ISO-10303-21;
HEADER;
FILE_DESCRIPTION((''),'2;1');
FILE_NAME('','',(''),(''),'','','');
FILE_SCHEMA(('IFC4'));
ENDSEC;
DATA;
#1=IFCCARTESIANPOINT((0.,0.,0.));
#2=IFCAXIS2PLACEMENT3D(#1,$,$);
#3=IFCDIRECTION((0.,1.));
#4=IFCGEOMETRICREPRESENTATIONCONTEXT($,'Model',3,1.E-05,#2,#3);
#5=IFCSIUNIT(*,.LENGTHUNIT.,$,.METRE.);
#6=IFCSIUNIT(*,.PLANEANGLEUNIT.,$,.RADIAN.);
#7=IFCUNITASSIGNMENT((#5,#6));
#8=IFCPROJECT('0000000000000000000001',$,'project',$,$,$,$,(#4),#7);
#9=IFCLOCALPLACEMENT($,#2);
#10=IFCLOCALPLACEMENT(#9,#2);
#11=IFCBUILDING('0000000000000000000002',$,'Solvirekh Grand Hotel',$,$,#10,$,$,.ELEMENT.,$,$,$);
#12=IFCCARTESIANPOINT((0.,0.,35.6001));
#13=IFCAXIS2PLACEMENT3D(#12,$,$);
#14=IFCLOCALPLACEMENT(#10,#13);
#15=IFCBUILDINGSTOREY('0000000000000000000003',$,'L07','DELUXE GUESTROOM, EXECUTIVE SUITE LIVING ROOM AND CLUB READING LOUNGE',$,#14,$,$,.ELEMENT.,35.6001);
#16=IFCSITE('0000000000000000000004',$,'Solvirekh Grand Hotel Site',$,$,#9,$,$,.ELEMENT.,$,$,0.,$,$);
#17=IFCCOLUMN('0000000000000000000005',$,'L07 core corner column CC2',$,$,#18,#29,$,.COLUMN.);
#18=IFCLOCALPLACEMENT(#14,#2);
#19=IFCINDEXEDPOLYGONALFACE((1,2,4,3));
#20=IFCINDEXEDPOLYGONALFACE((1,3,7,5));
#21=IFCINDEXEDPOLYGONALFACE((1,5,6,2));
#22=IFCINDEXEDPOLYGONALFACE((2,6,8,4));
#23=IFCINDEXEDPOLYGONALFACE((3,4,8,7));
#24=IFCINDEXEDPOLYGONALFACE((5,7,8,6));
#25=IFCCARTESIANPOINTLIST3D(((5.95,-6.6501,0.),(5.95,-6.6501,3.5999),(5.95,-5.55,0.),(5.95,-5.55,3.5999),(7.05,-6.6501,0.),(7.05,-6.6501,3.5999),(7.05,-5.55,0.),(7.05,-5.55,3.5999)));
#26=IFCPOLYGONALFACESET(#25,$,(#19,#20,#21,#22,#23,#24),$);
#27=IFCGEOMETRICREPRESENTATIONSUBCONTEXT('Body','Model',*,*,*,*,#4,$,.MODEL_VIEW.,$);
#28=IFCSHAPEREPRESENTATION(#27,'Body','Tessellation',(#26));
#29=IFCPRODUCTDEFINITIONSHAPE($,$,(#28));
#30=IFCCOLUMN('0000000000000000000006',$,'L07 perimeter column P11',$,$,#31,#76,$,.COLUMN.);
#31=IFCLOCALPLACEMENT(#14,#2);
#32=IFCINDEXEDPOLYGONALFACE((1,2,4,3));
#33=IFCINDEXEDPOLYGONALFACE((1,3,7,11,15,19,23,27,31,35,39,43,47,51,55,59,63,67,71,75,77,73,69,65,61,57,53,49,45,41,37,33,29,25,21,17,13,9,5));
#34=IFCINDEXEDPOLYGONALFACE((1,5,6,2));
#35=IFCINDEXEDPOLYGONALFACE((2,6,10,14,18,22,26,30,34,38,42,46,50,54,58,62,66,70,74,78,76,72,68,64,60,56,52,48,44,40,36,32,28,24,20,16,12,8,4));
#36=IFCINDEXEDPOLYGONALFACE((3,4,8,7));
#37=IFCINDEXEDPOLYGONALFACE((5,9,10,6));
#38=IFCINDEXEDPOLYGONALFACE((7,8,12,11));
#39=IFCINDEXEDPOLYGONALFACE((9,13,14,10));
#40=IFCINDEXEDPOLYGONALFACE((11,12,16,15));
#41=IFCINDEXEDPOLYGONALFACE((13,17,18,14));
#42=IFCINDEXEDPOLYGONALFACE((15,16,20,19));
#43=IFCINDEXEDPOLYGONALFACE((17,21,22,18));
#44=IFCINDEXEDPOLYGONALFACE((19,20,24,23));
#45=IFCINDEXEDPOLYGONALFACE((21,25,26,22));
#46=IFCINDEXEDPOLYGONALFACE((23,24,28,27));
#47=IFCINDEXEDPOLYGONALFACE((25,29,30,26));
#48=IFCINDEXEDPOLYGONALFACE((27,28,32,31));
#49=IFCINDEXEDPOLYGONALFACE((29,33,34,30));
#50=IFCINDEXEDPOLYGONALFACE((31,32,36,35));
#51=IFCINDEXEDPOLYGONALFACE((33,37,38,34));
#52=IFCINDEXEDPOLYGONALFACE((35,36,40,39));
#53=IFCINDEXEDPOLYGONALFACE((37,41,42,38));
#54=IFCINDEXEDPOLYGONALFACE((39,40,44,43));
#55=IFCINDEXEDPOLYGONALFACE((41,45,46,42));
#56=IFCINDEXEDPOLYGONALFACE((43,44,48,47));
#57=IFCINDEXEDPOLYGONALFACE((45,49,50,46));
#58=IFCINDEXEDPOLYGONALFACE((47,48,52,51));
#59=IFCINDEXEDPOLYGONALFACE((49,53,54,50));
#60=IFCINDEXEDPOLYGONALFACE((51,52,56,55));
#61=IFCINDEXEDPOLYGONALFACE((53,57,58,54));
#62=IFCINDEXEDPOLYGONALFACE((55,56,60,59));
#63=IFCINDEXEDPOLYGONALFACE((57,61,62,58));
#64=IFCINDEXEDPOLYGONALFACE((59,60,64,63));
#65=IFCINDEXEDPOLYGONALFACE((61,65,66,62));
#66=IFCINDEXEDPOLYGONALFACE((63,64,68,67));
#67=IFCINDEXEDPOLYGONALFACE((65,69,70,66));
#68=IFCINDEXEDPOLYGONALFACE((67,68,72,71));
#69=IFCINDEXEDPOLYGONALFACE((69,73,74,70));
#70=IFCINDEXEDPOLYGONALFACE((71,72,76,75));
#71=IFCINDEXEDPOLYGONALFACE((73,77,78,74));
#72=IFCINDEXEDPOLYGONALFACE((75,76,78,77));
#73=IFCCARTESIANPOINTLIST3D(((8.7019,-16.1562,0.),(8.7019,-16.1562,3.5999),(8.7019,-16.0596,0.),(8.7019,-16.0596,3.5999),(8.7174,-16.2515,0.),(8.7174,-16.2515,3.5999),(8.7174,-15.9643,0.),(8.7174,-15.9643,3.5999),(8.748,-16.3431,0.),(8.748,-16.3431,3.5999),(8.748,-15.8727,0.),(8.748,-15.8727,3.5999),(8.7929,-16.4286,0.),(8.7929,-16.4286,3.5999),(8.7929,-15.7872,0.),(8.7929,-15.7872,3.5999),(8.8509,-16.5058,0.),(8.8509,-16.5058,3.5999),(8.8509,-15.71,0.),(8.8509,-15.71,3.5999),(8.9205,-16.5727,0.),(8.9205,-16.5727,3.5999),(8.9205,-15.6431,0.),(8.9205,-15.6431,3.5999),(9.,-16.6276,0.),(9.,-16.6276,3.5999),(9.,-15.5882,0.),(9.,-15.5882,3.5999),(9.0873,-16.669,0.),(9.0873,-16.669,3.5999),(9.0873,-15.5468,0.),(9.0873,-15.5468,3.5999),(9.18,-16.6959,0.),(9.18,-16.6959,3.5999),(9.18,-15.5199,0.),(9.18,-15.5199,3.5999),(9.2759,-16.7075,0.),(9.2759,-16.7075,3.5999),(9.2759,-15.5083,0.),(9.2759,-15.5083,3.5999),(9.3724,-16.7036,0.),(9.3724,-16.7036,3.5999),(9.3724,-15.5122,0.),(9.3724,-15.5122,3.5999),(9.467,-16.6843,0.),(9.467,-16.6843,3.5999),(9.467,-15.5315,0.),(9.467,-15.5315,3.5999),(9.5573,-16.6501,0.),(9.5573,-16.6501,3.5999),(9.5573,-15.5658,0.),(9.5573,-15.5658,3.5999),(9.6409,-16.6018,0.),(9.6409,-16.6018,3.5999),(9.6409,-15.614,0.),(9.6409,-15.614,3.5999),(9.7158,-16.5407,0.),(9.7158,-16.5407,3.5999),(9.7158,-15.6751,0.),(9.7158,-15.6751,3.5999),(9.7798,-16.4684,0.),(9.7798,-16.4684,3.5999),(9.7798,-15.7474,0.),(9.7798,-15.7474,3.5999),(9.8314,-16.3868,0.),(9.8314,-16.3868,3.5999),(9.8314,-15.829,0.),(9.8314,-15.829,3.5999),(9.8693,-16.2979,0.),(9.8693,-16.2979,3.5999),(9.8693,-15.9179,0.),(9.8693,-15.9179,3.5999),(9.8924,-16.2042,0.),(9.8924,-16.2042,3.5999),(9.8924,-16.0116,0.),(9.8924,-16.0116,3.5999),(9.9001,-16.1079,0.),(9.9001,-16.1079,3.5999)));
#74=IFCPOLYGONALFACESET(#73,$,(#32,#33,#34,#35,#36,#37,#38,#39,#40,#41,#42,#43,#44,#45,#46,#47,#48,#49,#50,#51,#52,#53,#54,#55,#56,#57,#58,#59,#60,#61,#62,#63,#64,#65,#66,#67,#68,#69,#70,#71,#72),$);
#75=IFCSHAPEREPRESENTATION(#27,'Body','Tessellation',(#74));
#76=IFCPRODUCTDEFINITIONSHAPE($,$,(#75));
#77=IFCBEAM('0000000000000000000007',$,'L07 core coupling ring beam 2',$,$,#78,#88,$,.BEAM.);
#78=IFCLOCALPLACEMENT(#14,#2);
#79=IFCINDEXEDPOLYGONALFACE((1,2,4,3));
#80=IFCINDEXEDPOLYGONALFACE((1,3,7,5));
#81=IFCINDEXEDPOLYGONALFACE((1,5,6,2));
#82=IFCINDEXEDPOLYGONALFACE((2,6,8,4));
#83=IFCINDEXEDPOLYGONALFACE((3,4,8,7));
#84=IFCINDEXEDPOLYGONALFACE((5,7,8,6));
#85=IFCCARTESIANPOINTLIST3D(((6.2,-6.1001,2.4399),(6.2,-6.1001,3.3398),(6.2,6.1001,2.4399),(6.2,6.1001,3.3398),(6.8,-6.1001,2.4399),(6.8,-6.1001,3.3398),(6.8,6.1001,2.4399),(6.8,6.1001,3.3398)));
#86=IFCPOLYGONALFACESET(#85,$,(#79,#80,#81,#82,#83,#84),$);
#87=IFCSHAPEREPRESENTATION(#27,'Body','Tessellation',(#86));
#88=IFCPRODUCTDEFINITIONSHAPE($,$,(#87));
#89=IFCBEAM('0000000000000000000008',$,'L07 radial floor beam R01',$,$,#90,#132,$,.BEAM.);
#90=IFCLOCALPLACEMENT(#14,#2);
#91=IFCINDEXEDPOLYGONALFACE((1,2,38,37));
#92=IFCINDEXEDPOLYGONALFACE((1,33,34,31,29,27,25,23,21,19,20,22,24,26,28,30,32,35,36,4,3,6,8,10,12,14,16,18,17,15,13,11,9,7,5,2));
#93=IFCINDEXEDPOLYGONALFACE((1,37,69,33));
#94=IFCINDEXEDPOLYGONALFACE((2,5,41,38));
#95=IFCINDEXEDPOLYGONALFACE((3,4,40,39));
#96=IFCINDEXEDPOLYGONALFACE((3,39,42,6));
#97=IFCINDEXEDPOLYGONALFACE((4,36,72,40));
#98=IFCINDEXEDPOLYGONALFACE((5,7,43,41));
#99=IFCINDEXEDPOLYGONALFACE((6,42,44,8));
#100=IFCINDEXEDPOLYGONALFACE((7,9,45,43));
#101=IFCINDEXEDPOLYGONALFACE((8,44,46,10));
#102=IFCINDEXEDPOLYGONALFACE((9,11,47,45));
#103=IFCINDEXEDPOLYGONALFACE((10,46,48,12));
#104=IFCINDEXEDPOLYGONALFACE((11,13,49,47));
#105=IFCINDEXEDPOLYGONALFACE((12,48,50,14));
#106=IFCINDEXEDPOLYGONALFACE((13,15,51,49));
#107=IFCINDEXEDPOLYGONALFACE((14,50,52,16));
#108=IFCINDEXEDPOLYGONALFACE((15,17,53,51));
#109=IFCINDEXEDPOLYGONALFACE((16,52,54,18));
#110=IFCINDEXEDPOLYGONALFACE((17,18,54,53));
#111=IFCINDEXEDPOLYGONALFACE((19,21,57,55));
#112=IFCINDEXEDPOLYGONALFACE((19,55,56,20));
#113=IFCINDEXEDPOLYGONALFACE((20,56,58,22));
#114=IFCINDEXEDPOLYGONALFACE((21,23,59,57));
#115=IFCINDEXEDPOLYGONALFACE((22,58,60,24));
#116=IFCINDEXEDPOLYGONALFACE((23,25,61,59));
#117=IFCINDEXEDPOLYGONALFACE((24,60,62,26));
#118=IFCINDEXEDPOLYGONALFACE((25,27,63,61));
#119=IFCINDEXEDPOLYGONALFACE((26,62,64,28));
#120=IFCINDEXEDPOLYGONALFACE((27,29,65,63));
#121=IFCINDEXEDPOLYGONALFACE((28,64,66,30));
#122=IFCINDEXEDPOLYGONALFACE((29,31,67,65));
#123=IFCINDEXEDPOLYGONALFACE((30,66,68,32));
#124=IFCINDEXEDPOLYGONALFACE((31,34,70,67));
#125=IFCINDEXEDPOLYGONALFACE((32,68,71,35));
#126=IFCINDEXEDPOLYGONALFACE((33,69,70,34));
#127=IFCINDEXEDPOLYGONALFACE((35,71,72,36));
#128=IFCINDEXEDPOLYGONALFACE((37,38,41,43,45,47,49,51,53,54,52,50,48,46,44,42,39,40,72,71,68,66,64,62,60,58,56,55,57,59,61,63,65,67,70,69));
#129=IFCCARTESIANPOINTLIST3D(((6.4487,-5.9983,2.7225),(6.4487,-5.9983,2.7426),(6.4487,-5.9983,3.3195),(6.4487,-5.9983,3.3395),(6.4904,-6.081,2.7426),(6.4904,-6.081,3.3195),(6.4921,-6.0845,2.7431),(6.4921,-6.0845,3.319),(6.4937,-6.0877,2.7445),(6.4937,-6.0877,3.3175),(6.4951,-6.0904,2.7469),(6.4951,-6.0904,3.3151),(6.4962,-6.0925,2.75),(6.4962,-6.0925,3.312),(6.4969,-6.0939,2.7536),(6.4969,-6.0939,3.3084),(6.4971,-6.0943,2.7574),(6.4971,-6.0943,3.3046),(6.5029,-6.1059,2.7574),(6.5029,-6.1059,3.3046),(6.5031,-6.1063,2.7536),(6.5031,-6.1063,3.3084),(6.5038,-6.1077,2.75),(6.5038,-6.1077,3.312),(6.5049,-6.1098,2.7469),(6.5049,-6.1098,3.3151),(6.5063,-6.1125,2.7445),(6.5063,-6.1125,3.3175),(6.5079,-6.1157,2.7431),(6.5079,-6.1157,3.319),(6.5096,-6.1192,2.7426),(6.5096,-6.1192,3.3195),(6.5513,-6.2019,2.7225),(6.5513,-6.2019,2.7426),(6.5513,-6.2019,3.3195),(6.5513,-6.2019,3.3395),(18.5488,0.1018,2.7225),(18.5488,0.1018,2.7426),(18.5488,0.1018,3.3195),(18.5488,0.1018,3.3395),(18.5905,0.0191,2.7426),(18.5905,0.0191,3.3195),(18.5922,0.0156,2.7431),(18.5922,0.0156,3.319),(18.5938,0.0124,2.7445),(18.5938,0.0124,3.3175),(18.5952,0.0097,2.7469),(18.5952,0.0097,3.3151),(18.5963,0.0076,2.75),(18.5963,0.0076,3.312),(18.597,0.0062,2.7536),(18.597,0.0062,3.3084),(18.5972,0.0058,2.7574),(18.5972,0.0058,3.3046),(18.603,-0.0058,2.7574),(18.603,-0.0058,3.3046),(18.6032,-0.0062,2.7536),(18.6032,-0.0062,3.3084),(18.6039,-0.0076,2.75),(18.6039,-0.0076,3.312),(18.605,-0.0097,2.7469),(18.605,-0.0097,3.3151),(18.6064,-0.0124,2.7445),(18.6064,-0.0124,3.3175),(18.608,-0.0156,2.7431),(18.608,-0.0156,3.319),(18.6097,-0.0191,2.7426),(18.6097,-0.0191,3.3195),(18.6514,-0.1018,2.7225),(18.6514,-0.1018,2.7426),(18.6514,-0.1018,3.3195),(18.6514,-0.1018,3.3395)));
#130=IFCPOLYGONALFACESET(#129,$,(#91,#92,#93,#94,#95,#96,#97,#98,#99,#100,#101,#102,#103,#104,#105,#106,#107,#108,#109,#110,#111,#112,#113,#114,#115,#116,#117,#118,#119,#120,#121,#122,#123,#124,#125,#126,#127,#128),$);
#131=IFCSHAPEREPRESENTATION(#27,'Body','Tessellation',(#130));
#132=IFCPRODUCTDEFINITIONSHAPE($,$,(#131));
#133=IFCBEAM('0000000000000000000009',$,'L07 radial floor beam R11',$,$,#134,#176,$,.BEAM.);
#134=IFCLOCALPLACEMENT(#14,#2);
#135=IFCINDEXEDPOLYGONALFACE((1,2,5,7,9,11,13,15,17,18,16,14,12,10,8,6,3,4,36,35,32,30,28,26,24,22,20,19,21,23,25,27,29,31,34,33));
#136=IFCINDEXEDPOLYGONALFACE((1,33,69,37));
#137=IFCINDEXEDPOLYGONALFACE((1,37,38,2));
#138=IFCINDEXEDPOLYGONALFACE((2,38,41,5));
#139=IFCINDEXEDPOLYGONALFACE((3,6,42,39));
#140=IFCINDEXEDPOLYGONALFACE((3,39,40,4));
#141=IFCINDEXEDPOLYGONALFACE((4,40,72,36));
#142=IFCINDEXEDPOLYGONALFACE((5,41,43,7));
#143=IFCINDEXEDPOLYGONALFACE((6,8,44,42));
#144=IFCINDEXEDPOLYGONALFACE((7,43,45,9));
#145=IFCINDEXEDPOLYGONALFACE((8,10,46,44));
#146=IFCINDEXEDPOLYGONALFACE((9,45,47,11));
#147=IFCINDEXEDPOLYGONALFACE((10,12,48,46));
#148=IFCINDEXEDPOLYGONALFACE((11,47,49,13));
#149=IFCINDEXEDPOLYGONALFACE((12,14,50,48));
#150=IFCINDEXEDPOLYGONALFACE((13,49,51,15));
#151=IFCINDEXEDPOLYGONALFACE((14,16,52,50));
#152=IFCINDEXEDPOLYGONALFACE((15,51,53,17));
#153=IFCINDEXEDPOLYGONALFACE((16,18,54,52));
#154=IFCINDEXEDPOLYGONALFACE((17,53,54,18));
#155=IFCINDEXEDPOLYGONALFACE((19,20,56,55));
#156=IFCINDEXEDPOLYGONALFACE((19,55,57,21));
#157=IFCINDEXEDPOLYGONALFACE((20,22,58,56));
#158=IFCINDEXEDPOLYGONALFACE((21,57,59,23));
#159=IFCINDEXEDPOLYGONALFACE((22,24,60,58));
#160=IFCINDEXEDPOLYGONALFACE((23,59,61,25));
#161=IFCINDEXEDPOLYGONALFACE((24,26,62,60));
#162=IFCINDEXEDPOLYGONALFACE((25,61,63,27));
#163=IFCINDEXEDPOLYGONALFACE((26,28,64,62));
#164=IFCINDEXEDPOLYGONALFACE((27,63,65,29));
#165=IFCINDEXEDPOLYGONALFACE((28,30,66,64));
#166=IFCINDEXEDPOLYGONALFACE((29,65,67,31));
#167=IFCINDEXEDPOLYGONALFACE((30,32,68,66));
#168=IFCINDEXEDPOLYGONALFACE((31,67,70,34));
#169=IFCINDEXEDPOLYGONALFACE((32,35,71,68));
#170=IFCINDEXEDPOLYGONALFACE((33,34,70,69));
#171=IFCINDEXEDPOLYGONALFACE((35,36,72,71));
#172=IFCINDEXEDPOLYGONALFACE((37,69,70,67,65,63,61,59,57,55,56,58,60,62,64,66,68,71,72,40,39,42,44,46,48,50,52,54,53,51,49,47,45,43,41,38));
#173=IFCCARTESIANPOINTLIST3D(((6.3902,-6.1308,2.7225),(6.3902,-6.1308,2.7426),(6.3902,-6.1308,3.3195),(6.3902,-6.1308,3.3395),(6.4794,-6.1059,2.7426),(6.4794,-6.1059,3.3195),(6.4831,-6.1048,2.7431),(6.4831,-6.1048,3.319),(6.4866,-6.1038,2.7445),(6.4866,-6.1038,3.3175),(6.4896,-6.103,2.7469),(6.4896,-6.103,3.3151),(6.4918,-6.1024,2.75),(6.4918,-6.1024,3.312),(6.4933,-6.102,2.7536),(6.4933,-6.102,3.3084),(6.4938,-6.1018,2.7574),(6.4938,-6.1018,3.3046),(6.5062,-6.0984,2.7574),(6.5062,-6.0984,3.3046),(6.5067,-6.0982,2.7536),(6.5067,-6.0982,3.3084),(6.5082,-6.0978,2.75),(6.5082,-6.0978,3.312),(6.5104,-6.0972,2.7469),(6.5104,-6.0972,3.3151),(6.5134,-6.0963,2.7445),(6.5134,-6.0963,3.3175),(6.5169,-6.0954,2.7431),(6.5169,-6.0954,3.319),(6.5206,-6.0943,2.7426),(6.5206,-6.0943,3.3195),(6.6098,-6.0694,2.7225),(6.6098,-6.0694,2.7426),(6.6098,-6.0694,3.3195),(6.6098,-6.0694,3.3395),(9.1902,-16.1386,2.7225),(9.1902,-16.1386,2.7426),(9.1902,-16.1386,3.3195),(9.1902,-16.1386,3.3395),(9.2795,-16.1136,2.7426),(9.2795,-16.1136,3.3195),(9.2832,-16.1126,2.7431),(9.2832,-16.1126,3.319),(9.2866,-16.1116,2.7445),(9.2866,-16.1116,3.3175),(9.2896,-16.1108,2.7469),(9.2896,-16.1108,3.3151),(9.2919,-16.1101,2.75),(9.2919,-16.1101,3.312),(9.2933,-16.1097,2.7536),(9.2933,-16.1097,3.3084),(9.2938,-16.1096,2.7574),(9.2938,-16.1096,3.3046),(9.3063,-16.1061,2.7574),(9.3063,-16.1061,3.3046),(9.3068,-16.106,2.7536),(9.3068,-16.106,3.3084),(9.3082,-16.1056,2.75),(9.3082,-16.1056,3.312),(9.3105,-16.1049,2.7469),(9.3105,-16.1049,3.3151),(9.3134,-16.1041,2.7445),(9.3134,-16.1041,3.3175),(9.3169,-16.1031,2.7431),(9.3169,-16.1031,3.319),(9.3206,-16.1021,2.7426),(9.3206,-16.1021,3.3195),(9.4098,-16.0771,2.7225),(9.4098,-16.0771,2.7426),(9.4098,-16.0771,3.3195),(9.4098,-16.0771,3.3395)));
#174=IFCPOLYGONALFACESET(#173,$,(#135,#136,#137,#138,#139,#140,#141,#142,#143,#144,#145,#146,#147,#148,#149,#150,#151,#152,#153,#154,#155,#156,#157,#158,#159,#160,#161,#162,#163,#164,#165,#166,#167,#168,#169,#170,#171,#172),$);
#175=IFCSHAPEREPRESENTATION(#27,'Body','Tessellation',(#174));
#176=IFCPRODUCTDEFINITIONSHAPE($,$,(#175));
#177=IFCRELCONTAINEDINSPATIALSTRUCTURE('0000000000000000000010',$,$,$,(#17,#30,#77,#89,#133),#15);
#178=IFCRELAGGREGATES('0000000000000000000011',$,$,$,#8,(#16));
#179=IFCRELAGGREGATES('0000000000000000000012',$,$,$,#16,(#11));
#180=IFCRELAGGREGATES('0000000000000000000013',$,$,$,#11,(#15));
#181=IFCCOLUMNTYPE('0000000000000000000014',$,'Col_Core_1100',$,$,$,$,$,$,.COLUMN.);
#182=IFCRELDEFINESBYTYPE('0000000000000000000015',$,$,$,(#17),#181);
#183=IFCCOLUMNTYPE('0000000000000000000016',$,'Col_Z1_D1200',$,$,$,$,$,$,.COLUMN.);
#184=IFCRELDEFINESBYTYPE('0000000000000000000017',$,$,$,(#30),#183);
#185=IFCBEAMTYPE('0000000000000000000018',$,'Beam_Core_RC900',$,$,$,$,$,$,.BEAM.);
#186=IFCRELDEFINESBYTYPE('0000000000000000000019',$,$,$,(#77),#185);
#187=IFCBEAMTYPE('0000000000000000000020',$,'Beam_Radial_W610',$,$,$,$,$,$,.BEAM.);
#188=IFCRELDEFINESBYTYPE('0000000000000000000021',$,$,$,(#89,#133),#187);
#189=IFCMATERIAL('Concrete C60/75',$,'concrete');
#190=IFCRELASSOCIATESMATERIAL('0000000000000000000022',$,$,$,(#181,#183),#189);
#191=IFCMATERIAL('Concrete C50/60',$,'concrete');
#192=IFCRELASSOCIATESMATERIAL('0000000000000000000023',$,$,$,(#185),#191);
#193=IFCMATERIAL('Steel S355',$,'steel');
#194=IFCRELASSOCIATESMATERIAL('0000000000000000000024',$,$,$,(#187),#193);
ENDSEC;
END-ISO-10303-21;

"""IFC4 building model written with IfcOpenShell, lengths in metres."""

from ifc_helpers import new_model, si_unit, direction, frame, origin, origin_2d, place, context, subcontext, project, spatial, rectangle, circle, i_section, extrude, material, material_profile, profile_set, type_object, element, save


model = new_model("IFC4")

# Units and contexts
model_context = context("Model", 3, precision=1e-05, world=origin(), true_north=direction((0.0, 1.0)))
body_context = subcontext(model_context, "Body", "Model", "MODEL_VIEW")
ifc_project = project(units=[si_unit("LENGTHUNIT", "METRE"), si_unit("PLANEANGLEUNIT", "RADIAN")], contexts=[model_context])

# Site, building, storey
site_placement = place(None, origin())
site = spatial("IfcSite", under=ifc_project, at=site_placement, Name="Solvirekh Grand Hotel Site", CompositionType="ELEMENT", RefElevation=0.0)
building_placement = place(site_placement, origin())
building = spatial("IfcBuilding", under=site, at=building_placement, Name="Solvirekh Grand Hotel", CompositionType="ELEMENT")
storey_placement = place(building_placement, frame((0.0, 0.0, 35.6001)))
storey = spatial("IfcBuildingStorey", under=building, at=storey_placement, Name="L07", Description="DELUXE GUESTROOM, EXECUTIVE SUITE LIVING ROOM AND CLUB READING LOUNGE", CompositionType="ELEMENT", Elevation=35.6001)

# Columns
ifc_material_1 = material(Name="Concrete C60/75", Category="concrete")
ifc_material_profile_1 = material_profile(ifc_material_1, rectangle(XDim=1.1001, YDim=1.1001, at=origin_2d()), Name="RC 1100X1100")
ifc_profile_set_1 = profile_set([ifc_material_profile_1], Name="Concrete C60/75")
column_type_1 = type_object("IfcColumnType", Name="Col_Core_1100", PredefinedType="COLUMN", material=ifc_profile_set_1)
column_1_placement = place(storey_placement, frame((6.5, -6.1001, 0.0), z_axis=(0.0, 0.0, 1.0), x_axis=(1.0, 0.0, 0.0)))
element("IfcColumn", 1, at=column_1_placement, inside=storey, type_object=column_type_1, Name="L07 core corner column CC2", PredefinedType="COLUMN", context=body_context, shape_type="SweptSolid", body=[
    extrude(rectangle(XDim=1.1001, YDim=1.1001, at=origin_2d()), origin(), (0.0, 0.0, 1.0), 3.5999),
])
ifc_material_profile_2 = material_profile(ifc_material_1, circle(Radius=0.6001, at=origin_2d()), Name="RC CIRC D1200")
ifc_profile_set_2 = profile_set([ifc_material_profile_2], Name="Concrete C60/75")
column_type_2 = type_object("IfcColumnType", Name="Col_Z1_D1200", PredefinedType="COLUMN", material=ifc_profile_set_2)
column_2_placement = place(storey_placement, frame((9.3, -16.1079, 0.0), z_axis=(0.0, 0.0, 1.0), x_axis=(1.0, 0.0, 0.0)))
element("IfcColumn", 2, at=column_2_placement, inside=storey, type_object=column_type_2, Name="L07 perimeter column P11", PredefinedType="COLUMN", context=body_context, shape_type="SweptSolid", body=[
    extrude(circle(Radius=0.6001, at=origin_2d()), origin(), (0.0, 0.0, 1.0), 3.5999),
])

# Beams
ifc_material_2 = material(Name="Concrete C50/60", Category="concrete")
ifc_material_profile_3 = material_profile(ifc_material_2, rectangle(XDim=0.6001, YDim=0.8999, at=origin_2d()), Name="RC BEAM 600X900")
ifc_profile_set_3 = profile_set([ifc_material_profile_3], Name="Concrete C50/60")
beam_type_1 = type_object("IfcBeamType", Name="Beam_Core_RC900", PredefinedType="BEAM", material=ifc_profile_set_3)
beam_1_placement = place(storey_placement, frame((6.5, -6.1001, 2.8899), z_axis=(0.0, 1.0, 0.0), x_axis=(-1.0, 0.0, 0.0)))
element("IfcBeam", 3, at=beam_1_placement, inside=storey, type_object=beam_type_1, Name="L07 core coupling ring beam 2", PredefinedType="BEAM", context=body_context, shape_type="SweptSolid", body=[
    extrude(rectangle(XDim=0.6001, YDim=0.8999, at=origin_2d()), origin(), (0.0, 0.0, 1.0), 12.2002),
])
ifc_material_3 = material(Name="Steel S355", Category="steel")
ifc_material_profile_4 = material_profile(ifc_material_3, i_section(OverallWidth=0.228, OverallDepth=0.6169, WebThickness=0.0129, FlangeThickness=0.02, FilletRadius=0.0149, at=origin_2d()), Name="W610X140")
ifc_profile_set_4 = profile_set([ifc_material_profile_4], Name="Steel S355")
beam_type_2 = type_object("IfcBeamType", Name="Beam_Radial_W610", PredefinedType="BEAM", material=ifc_profile_set_4)
beam_2_placement = place(storey_placement, frame((6.5, -6.1001, 3.031), z_axis=(0.892945, 0.450166, 0.0), x_axis=(-0.450166, 0.892945, 0.0)))
element("IfcBeam", 4, at=beam_2_placement, inside=storey, type_object=beam_type_2, Name="L07 radial floor beam R01", PredefinedType="BEAM", context=body_context, shape_type="SweptSolid", body=[
    extrude(i_section(OverallWidth=0.228, OverallDepth=0.6169, WebThickness=0.0129, FlangeThickness=0.02, FilletRadius=0.0149, at=origin_2d()), origin(), (0.0, 0.0, 1.0), 13.5508),
])
beam_3_placement = place(storey_placement, frame((6.5, -6.1001, 3.031), z_axis=(0.269439, -0.963017, 0.0), x_axis=(0.963017, 0.269439, 0.0)))
element("IfcBeam", 5, at=beam_3_placement, inside=storey, type_object=beam_type_2, Name="L07 radial floor beam R11", PredefinedType="BEAM", context=body_context, shape_type="SweptSolid", body=[
    extrude(i_section(OverallWidth=0.228, OverallDepth=0.6169, WebThickness=0.0129, FlangeThickness=0.02, FilletRadius=0.0149, at=origin_2d()), origin(), (0.0, 0.0, 1.0), 10.3921),
])

save(model, "model.ifc")
